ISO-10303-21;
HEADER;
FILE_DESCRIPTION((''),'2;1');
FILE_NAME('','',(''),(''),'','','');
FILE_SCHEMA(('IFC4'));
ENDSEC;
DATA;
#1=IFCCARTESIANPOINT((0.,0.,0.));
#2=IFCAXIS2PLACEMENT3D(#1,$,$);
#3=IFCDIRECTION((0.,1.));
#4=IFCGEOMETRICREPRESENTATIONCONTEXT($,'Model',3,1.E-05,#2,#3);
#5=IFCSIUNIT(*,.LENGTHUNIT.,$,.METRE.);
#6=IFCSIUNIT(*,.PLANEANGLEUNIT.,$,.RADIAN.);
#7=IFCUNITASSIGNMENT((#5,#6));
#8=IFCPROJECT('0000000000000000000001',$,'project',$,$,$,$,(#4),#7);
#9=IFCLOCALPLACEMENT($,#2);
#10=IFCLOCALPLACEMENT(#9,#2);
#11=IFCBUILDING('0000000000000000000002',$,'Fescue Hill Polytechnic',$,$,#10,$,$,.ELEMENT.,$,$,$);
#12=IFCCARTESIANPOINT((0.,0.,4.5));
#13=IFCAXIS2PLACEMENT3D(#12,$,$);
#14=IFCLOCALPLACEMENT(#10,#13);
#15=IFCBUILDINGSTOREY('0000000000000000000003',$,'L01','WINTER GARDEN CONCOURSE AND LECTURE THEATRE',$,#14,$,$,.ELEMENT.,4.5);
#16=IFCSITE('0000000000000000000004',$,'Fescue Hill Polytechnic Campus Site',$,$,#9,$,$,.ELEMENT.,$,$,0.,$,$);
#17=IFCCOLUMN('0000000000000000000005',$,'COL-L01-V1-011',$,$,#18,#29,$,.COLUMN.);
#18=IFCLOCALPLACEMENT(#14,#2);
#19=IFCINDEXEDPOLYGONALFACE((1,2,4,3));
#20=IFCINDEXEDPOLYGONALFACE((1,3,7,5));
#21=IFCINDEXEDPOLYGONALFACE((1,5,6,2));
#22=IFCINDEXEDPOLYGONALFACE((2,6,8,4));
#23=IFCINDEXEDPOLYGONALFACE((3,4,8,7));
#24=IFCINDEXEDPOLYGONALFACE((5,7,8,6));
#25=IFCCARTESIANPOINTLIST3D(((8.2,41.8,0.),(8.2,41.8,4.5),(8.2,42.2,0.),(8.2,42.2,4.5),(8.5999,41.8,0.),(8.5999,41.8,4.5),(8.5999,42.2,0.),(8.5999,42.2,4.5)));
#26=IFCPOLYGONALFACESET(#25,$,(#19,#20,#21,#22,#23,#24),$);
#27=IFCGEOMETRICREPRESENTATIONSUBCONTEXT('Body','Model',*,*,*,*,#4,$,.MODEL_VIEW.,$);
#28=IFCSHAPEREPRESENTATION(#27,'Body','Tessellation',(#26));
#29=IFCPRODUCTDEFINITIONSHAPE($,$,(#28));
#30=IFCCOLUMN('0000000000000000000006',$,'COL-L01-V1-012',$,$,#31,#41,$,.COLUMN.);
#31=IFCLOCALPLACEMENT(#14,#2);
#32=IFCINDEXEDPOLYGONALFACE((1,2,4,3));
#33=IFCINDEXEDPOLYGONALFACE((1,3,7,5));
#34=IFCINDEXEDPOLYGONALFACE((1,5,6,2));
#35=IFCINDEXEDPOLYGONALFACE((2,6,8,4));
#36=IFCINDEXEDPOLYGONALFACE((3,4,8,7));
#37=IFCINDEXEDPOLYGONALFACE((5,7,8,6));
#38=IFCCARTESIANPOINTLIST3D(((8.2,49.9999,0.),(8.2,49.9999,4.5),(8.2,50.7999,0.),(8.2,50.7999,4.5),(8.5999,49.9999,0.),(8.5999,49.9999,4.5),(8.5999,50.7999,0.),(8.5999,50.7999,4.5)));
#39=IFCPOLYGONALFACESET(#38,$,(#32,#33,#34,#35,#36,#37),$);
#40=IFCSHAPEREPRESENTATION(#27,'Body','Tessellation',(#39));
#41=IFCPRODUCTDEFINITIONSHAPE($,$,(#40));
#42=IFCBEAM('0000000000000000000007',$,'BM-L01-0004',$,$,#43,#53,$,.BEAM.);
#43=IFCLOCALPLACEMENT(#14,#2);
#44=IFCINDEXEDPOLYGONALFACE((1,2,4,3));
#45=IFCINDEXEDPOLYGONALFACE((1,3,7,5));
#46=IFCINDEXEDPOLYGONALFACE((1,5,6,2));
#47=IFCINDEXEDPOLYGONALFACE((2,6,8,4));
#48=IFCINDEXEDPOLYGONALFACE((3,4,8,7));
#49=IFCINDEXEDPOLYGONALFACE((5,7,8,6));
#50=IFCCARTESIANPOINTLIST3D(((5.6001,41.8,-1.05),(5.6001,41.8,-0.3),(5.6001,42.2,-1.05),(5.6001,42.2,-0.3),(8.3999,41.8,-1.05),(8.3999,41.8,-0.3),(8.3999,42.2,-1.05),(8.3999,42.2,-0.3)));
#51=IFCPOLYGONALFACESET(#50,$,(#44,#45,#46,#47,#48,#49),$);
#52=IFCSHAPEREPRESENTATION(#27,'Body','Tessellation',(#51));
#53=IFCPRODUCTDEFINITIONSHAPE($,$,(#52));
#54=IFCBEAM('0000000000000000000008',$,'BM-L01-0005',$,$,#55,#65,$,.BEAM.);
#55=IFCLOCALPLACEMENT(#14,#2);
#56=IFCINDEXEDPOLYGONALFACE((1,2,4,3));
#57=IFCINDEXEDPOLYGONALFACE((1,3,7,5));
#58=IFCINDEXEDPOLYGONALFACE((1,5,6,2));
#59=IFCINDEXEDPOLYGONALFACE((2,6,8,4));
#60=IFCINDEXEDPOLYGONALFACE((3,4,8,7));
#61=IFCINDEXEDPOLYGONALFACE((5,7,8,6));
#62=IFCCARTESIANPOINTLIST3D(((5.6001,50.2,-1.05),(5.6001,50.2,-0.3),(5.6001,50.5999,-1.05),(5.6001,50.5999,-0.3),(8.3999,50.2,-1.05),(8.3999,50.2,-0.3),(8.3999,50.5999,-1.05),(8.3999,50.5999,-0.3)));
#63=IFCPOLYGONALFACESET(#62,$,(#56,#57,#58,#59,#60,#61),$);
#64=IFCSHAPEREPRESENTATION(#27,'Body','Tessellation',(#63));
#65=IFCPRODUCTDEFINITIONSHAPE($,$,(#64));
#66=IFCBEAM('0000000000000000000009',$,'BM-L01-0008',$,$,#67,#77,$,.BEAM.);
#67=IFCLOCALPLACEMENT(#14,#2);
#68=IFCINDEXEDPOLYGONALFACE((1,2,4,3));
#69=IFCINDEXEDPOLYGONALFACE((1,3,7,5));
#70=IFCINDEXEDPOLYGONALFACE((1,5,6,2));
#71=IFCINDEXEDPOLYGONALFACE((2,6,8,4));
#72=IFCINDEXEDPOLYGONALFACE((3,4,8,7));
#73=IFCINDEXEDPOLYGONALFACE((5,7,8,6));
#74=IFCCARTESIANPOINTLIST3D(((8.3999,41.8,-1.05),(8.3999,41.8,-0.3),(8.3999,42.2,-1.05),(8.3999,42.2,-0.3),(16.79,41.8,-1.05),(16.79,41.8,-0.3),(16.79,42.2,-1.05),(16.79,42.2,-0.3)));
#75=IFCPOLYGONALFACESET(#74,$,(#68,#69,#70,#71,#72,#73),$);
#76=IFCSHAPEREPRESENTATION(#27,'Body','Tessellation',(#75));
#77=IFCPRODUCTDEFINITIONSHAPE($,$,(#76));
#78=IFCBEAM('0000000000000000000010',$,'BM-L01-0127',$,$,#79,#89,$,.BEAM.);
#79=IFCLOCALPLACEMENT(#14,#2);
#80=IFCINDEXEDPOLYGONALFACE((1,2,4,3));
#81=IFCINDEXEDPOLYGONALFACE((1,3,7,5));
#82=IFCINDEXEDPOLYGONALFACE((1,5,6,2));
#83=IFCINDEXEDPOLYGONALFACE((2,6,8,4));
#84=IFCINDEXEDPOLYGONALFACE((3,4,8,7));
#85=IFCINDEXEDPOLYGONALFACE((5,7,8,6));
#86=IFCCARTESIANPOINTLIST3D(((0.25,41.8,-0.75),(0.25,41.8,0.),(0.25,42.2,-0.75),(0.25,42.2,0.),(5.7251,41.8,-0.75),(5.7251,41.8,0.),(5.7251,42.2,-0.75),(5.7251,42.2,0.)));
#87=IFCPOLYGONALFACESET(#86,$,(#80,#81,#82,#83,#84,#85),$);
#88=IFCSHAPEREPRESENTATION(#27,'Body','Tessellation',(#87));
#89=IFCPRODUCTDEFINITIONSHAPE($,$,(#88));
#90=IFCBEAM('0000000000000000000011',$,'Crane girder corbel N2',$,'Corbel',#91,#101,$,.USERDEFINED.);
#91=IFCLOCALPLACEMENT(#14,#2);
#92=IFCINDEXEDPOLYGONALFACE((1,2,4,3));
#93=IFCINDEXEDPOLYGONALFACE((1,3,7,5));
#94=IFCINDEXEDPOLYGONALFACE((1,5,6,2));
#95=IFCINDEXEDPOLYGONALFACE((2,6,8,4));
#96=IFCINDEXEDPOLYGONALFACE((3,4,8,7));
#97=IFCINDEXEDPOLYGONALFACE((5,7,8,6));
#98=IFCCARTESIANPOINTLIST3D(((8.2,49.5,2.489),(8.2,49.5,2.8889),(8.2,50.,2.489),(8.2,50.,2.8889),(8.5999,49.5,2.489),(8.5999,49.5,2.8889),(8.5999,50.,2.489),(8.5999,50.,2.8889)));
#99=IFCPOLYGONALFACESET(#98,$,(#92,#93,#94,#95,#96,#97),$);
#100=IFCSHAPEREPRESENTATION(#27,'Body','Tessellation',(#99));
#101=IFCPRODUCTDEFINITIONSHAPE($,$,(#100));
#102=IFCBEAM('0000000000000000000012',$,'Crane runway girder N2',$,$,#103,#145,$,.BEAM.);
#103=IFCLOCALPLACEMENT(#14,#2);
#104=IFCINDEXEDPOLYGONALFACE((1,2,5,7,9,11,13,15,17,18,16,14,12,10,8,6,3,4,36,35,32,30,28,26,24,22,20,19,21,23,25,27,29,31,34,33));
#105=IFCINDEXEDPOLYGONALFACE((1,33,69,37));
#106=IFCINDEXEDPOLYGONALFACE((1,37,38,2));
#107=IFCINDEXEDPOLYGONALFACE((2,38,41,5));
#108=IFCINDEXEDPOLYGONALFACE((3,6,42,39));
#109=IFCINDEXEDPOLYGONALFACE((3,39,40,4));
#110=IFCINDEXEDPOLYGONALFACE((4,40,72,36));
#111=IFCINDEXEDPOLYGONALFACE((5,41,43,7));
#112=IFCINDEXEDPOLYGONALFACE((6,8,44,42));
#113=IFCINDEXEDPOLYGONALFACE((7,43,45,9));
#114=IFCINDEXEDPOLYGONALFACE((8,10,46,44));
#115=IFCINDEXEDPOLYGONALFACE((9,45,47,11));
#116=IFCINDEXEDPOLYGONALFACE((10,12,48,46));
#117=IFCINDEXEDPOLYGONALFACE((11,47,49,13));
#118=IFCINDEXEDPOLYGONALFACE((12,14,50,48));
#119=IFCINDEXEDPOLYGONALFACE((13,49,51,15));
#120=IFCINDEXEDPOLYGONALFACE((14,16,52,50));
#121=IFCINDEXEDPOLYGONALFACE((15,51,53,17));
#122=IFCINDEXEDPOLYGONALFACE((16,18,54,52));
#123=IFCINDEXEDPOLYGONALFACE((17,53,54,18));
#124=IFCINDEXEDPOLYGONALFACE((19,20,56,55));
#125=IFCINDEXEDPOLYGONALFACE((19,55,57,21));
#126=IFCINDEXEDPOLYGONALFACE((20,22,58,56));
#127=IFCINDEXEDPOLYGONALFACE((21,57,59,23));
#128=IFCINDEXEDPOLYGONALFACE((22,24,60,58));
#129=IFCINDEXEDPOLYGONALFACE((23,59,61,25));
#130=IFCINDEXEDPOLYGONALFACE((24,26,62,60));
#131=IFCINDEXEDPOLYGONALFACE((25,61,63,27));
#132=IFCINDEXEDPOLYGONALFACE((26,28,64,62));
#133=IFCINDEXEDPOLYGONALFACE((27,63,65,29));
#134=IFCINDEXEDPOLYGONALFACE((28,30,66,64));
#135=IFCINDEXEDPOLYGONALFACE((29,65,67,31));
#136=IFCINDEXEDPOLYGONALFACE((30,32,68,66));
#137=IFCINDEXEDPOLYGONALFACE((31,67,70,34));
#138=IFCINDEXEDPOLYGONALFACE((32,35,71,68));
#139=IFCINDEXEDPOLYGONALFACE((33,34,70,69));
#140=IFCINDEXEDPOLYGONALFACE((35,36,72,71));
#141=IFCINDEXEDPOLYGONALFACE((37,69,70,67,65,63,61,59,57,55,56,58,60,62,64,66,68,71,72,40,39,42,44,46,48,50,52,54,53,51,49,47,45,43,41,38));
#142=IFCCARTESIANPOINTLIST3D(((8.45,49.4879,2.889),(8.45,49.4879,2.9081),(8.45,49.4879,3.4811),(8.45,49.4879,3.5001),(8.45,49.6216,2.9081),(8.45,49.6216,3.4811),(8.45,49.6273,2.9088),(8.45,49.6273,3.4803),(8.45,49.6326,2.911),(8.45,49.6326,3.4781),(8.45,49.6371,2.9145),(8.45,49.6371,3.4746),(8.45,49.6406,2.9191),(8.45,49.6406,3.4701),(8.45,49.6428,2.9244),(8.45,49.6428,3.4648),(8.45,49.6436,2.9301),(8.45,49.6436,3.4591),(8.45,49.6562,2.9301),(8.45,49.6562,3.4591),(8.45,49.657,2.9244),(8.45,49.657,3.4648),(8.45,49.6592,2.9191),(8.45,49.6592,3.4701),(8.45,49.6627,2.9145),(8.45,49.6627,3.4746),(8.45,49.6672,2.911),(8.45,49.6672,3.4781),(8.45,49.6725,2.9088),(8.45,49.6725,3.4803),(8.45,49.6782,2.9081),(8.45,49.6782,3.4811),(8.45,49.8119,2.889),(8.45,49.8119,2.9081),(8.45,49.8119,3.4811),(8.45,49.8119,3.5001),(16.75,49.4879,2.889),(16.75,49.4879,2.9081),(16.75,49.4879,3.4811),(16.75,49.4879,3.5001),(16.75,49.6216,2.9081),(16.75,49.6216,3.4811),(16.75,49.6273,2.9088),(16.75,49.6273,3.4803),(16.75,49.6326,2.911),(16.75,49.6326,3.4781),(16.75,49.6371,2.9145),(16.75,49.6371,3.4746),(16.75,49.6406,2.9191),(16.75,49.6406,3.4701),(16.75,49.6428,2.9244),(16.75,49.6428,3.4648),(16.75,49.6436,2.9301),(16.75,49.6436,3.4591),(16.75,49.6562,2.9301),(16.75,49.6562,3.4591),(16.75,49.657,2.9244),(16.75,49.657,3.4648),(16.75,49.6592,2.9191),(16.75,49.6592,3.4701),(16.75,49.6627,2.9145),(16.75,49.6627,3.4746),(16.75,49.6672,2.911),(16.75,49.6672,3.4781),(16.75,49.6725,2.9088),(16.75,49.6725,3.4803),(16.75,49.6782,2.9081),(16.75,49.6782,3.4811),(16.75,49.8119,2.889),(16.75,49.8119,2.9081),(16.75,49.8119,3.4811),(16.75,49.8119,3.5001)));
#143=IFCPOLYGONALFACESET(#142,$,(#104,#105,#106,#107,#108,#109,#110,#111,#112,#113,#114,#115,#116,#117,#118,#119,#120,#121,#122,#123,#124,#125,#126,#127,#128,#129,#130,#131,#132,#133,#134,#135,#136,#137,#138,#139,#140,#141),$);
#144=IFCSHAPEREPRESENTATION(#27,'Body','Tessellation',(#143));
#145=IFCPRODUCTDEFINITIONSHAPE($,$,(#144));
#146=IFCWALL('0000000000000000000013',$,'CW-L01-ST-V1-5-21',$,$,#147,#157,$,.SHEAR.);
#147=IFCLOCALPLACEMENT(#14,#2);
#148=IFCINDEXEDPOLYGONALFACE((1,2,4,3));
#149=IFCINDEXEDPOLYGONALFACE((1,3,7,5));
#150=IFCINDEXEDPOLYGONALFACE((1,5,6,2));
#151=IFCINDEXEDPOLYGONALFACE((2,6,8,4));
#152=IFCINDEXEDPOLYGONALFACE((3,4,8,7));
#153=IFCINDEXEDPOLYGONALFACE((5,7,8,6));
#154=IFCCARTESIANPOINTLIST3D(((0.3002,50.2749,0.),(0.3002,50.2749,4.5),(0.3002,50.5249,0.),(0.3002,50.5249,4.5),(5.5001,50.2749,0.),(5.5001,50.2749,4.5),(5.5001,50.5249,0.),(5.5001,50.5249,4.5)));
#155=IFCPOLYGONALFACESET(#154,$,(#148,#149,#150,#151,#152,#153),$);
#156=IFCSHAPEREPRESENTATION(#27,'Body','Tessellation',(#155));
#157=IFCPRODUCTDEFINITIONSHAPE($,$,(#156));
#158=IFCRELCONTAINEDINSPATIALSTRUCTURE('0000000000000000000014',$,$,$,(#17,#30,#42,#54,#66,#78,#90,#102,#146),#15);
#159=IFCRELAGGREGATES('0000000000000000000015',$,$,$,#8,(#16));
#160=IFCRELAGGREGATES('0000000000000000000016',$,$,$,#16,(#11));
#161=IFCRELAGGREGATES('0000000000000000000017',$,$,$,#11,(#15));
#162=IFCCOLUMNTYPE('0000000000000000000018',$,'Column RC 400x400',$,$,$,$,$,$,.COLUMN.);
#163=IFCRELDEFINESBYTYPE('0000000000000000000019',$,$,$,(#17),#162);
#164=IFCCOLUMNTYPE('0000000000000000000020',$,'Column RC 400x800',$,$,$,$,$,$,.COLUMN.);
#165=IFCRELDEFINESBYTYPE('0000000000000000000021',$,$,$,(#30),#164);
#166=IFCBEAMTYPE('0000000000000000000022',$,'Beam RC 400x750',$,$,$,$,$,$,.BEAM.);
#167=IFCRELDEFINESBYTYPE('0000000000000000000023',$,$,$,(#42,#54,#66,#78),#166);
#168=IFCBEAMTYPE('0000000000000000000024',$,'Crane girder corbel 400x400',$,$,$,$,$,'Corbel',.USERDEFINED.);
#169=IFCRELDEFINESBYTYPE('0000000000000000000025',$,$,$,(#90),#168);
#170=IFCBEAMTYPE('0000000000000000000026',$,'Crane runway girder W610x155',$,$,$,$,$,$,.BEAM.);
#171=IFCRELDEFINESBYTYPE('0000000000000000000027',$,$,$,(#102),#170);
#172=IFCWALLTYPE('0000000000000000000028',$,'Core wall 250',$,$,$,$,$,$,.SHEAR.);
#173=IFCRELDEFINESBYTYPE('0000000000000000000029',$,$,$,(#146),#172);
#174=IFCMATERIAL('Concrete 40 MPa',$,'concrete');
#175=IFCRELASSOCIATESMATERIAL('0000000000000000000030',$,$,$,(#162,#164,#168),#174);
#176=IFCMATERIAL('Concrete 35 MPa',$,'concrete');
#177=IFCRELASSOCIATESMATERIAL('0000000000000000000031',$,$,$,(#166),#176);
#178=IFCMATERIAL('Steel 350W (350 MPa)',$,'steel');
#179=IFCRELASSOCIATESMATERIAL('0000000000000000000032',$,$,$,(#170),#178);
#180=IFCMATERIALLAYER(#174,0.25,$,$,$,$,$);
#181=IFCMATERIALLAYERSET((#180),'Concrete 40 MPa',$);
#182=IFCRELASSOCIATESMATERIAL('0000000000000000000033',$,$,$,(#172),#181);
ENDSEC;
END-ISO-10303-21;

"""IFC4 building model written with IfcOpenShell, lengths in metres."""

from ifc_helpers import new_model, si_unit, direction, frame, frame_2d, origin, origin_2d, place, context, subcontext, project, spatial, rectangle, i_section, extrude, material, layer, layer_set, material_profile, profile_set, type_object, element, save


model = new_model("IFC4")

# Units and contexts
model_context = context("Model", 3, precision=1e-05, world=origin(), true_north=direction((0.0, 1.0)))
body_context = subcontext(model_context, "Body", "Model", "MODEL_VIEW")
ifc_project = project(units=[si_unit("LENGTHUNIT", "METRE"), si_unit("PLANEANGLEUNIT", "RADIAN")], contexts=[model_context])

# Site, building, storey
site_placement = place(None, origin())
site = spatial("IfcSite", under=ifc_project, at=site_placement, Name="Fescue Hill Polytechnic Campus Site", CompositionType="ELEMENT", RefElevation=0.0)
building_placement = place(site_placement, origin())
building = spatial("IfcBuilding", under=site, at=building_placement, Name="Fescue Hill Polytechnic", CompositionType="ELEMENT")
storey_placement = place(building_placement, frame((0.0, 0.0, 4.5)))
storey = spatial("IfcBuildingStorey", under=building, at=storey_placement, Name="L01", Description="WINTER GARDEN CONCOURSE AND LECTURE THEATRE", CompositionType="ELEMENT", Elevation=4.5)

# Columns
ifc_material_1 = material(Name="Concrete 40 MPa", Category="concrete")
ifc_material_profile_1 = material_profile(ifc_material_1, rectangle(XDim=0.3999, YDim=0.3999, at=origin_2d()), Name="RC 400x400")
ifc_profile_set_1 = profile_set([ifc_material_profile_1], Name="Concrete 40 MPa")
column_type_1 = type_object("IfcColumnType", Name="Column RC 400x400", PredefinedType="COLUMN", material=ifc_profile_set_1)
column_1_placement = place(storey_placement, frame((8.3999, 42.0, 0.0), z_axis=(0.0, 0.0, 1.0), x_axis=(1.0, 0.0, 0.0)))
element("IfcColumn", 1, at=column_1_placement, inside=storey, type_object=column_type_1, Name="COL-L01-V1-011", PredefinedType="COLUMN", context=body_context, shape_type="SweptSolid", body=[
    extrude(rectangle(XDim=0.3999, YDim=0.3999, at=origin_2d()), origin(), (0.0, 0.0, 1.0), 4.5),
])
ifc_material_profile_2 = material_profile(ifc_material_1, rectangle(XDim=0.3999, YDim=0.8, at=origin_2d()), Name="RC 400x800")
ifc_profile_set_2 = profile_set([ifc_material_profile_2], Name="Concrete 40 MPa")
column_type_2 = type_object("IfcColumnType", Name="Column RC 400x800", PredefinedType="COLUMN", material=ifc_profile_set_2)
column_2_placement = place(storey_placement, frame((8.3999, 50.3999, 0.0), z_axis=(0.0, 0.0, 1.0), x_axis=(1.0, 0.0, 0.0)))
element("IfcColumn", 2, at=column_2_placement, inside=storey, type_object=column_type_2, Name="COL-L01-V1-012", PredefinedType="COLUMN", context=body_context, shape_type="SweptSolid", body=[
    extrude(rectangle(XDim=0.3999, YDim=0.8, at=origin_2d()), origin(), (0.0, 0.0, 1.0), 4.5),
])

# Beams
ifc_material_2 = material(Name="Concrete 35 MPa", Category="concrete")
ifc_material_profile_3 = material_profile(ifc_material_2, rectangle(XDim=0.3999, YDim=0.75, at=origin_2d()), Name="RC 400x750")
ifc_profile_set_3 = profile_set([ifc_material_profile_3], Name="Concrete 35 MPa")
beam_type_1 = type_object("IfcBeamType", Name="Beam RC 400x750", PredefinedType="BEAM", material=ifc_profile_set_3)
for number, where, z_axis, x_axis, name in (
    (3, (5.6001, 42.0, -0.675), (1.0, 0.0, 0.0), (0.0, 1.0, 0.0), "BM-L01-0004"),
    (4, (5.6001, 50.3999, -0.675), (1.0, 0.0, 0.0), (0.0, 1.0, 0.0), "BM-L01-0005"),
):
    element("IfcBeam", number, at=place(storey_placement, frame(where, z_axis=z_axis, x_axis=x_axis)), inside=storey, type_object=beam_type_1, Name=name, PredefinedType="BEAM", context=body_context, shape_type="SweptSolid", body=[
        extrude(rectangle(XDim=0.3999, YDim=0.75, at=origin_2d()), origin(), (0.0, 0.0, 1.0), 2.7998),
    ])
beam_1_placement = place(storey_placement, frame((8.3999, 42.0, -0.675), z_axis=(1.0, 0.0, 0.0), x_axis=(0.0, 1.0, 0.0)))
element("IfcBeam", 5, at=beam_1_placement, inside=storey, type_object=beam_type_1, Name="BM-L01-0008", PredefinedType="BEAM", context=body_context, shape_type="SweptSolid", body=[
    extrude(rectangle(XDim=0.3999, YDim=0.75, at=origin_2d()), origin(), (0.0, 0.0, 1.0), 8.3901),
])
beam_2_placement = place(storey_placement, frame((0.25, 42.0, -0.375), z_axis=(1.0, 0.0, 0.0), x_axis=(0.0, 1.0, 0.0)))
element("IfcBeam", 6, at=beam_2_placement, inside=storey, type_object=beam_type_1, Name="BM-L01-0127", PredefinedType="BEAM", context=body_context, shape_type="SweptSolid", body=[
    extrude(rectangle(XDim=0.3999, YDim=0.75, at=origin_2d()), origin(), (0.0, 0.0, 1.0), 5.4751),
])
ifc_material_profile_4 = material_profile(ifc_material_1, rectangle(XDim=0.3999, YDim=0.3999, at=origin_2d()), Name="Crane girder corbel 400x400")
ifc_profile_set_4 = profile_set([ifc_material_profile_4], Name="Concrete 40 MPa")
beam_type_2 = type_object("IfcBeamType", Name="Crane girder corbel 400x400", ElementType="Corbel", PredefinedType="USERDEFINED", material=ifc_profile_set_4)
beam_3_placement = place(storey_placement, frame((8.3999, 50.0, 2.689), z_axis=(0.0, -1.0, 0.0), x_axis=(1.0, 0.0, 0.0)))
element("IfcBeam", 7, at=beam_3_placement, inside=storey, type_object=beam_type_2, Name="Crane girder corbel N2", ObjectType="Corbel", PredefinedType="USERDEFINED", context=body_context, shape_type="SweptSolid", body=[
    extrude(rectangle(XDim=0.3999, YDim=0.3999, at=origin_2d()), origin(), (0.0, 0.0, 1.0), 0.5),
])
ifc_material_3 = material(Name="Steel 350W (350 MPa)", Category="steel")
ifc_material_profile_5 = material_profile(ifc_material_3, i_section(OverallWidth=0.324, OverallDepth=0.6111, WebThickness=0.0127, FlangeThickness=0.019, FilletRadius=0.022, at=origin_2d()), Name="W610x155")
ifc_profile_set_5 = profile_set([ifc_material_profile_5], Name="Steel 350W (350 MPa)")
beam_type_3 = type_object("IfcBeamType", Name="Crane runway girder W610x155", PredefinedType="BEAM", material=ifc_profile_set_5)
beam_4_placement = place(storey_placement, frame((8.45, 49.6499, 3.1946), z_axis=(1.0, 0.0, 0.0), x_axis=(0.0, 1.0, 0.0)))
element("IfcBeam", 8, at=beam_4_placement, inside=storey, type_object=beam_type_3, Name="Crane runway girder N2", PredefinedType="BEAM", context=body_context, shape_type="SweptSolid", body=[
    extrude(i_section(OverallWidth=0.324, OverallDepth=0.6111, WebThickness=0.0127, FlangeThickness=0.019, FilletRadius=0.022, at=origin_2d()), origin(), (0.0, 0.0, 1.0), 8.3),
])

# Wall
ifc_layer_1 = layer(ifc_material_1, 0.25)
ifc_layer_set_1 = layer_set([ifc_layer_1], Name="Concrete 40 MPa")
wall_type_1 = type_object("IfcWallType", Name="Core wall 250", PredefinedType="SHEAR", material=ifc_layer_set_1)
wall_1_placement = place(storey_placement, frame((0.3, 50.3999, 0.0), z_axis=(0.0, 0.0, 1.0), x_axis=(1.0, 0.0, 0.0)))
element("IfcWall", 9, at=wall_1_placement, inside=storey, type_object=wall_type_1, Name="CW-L01-ST-V1-5-21", PredefinedType="SHEAR", context=body_context, shape_type="SweptSolid", body=[
    extrude(rectangle(XDim=5.2, YDim=0.25, at=frame_2d((2.6001, 0.0))), origin(), (0.0, 0.0, 1.0), 4.5),
])

save(model, "model.ifc")
